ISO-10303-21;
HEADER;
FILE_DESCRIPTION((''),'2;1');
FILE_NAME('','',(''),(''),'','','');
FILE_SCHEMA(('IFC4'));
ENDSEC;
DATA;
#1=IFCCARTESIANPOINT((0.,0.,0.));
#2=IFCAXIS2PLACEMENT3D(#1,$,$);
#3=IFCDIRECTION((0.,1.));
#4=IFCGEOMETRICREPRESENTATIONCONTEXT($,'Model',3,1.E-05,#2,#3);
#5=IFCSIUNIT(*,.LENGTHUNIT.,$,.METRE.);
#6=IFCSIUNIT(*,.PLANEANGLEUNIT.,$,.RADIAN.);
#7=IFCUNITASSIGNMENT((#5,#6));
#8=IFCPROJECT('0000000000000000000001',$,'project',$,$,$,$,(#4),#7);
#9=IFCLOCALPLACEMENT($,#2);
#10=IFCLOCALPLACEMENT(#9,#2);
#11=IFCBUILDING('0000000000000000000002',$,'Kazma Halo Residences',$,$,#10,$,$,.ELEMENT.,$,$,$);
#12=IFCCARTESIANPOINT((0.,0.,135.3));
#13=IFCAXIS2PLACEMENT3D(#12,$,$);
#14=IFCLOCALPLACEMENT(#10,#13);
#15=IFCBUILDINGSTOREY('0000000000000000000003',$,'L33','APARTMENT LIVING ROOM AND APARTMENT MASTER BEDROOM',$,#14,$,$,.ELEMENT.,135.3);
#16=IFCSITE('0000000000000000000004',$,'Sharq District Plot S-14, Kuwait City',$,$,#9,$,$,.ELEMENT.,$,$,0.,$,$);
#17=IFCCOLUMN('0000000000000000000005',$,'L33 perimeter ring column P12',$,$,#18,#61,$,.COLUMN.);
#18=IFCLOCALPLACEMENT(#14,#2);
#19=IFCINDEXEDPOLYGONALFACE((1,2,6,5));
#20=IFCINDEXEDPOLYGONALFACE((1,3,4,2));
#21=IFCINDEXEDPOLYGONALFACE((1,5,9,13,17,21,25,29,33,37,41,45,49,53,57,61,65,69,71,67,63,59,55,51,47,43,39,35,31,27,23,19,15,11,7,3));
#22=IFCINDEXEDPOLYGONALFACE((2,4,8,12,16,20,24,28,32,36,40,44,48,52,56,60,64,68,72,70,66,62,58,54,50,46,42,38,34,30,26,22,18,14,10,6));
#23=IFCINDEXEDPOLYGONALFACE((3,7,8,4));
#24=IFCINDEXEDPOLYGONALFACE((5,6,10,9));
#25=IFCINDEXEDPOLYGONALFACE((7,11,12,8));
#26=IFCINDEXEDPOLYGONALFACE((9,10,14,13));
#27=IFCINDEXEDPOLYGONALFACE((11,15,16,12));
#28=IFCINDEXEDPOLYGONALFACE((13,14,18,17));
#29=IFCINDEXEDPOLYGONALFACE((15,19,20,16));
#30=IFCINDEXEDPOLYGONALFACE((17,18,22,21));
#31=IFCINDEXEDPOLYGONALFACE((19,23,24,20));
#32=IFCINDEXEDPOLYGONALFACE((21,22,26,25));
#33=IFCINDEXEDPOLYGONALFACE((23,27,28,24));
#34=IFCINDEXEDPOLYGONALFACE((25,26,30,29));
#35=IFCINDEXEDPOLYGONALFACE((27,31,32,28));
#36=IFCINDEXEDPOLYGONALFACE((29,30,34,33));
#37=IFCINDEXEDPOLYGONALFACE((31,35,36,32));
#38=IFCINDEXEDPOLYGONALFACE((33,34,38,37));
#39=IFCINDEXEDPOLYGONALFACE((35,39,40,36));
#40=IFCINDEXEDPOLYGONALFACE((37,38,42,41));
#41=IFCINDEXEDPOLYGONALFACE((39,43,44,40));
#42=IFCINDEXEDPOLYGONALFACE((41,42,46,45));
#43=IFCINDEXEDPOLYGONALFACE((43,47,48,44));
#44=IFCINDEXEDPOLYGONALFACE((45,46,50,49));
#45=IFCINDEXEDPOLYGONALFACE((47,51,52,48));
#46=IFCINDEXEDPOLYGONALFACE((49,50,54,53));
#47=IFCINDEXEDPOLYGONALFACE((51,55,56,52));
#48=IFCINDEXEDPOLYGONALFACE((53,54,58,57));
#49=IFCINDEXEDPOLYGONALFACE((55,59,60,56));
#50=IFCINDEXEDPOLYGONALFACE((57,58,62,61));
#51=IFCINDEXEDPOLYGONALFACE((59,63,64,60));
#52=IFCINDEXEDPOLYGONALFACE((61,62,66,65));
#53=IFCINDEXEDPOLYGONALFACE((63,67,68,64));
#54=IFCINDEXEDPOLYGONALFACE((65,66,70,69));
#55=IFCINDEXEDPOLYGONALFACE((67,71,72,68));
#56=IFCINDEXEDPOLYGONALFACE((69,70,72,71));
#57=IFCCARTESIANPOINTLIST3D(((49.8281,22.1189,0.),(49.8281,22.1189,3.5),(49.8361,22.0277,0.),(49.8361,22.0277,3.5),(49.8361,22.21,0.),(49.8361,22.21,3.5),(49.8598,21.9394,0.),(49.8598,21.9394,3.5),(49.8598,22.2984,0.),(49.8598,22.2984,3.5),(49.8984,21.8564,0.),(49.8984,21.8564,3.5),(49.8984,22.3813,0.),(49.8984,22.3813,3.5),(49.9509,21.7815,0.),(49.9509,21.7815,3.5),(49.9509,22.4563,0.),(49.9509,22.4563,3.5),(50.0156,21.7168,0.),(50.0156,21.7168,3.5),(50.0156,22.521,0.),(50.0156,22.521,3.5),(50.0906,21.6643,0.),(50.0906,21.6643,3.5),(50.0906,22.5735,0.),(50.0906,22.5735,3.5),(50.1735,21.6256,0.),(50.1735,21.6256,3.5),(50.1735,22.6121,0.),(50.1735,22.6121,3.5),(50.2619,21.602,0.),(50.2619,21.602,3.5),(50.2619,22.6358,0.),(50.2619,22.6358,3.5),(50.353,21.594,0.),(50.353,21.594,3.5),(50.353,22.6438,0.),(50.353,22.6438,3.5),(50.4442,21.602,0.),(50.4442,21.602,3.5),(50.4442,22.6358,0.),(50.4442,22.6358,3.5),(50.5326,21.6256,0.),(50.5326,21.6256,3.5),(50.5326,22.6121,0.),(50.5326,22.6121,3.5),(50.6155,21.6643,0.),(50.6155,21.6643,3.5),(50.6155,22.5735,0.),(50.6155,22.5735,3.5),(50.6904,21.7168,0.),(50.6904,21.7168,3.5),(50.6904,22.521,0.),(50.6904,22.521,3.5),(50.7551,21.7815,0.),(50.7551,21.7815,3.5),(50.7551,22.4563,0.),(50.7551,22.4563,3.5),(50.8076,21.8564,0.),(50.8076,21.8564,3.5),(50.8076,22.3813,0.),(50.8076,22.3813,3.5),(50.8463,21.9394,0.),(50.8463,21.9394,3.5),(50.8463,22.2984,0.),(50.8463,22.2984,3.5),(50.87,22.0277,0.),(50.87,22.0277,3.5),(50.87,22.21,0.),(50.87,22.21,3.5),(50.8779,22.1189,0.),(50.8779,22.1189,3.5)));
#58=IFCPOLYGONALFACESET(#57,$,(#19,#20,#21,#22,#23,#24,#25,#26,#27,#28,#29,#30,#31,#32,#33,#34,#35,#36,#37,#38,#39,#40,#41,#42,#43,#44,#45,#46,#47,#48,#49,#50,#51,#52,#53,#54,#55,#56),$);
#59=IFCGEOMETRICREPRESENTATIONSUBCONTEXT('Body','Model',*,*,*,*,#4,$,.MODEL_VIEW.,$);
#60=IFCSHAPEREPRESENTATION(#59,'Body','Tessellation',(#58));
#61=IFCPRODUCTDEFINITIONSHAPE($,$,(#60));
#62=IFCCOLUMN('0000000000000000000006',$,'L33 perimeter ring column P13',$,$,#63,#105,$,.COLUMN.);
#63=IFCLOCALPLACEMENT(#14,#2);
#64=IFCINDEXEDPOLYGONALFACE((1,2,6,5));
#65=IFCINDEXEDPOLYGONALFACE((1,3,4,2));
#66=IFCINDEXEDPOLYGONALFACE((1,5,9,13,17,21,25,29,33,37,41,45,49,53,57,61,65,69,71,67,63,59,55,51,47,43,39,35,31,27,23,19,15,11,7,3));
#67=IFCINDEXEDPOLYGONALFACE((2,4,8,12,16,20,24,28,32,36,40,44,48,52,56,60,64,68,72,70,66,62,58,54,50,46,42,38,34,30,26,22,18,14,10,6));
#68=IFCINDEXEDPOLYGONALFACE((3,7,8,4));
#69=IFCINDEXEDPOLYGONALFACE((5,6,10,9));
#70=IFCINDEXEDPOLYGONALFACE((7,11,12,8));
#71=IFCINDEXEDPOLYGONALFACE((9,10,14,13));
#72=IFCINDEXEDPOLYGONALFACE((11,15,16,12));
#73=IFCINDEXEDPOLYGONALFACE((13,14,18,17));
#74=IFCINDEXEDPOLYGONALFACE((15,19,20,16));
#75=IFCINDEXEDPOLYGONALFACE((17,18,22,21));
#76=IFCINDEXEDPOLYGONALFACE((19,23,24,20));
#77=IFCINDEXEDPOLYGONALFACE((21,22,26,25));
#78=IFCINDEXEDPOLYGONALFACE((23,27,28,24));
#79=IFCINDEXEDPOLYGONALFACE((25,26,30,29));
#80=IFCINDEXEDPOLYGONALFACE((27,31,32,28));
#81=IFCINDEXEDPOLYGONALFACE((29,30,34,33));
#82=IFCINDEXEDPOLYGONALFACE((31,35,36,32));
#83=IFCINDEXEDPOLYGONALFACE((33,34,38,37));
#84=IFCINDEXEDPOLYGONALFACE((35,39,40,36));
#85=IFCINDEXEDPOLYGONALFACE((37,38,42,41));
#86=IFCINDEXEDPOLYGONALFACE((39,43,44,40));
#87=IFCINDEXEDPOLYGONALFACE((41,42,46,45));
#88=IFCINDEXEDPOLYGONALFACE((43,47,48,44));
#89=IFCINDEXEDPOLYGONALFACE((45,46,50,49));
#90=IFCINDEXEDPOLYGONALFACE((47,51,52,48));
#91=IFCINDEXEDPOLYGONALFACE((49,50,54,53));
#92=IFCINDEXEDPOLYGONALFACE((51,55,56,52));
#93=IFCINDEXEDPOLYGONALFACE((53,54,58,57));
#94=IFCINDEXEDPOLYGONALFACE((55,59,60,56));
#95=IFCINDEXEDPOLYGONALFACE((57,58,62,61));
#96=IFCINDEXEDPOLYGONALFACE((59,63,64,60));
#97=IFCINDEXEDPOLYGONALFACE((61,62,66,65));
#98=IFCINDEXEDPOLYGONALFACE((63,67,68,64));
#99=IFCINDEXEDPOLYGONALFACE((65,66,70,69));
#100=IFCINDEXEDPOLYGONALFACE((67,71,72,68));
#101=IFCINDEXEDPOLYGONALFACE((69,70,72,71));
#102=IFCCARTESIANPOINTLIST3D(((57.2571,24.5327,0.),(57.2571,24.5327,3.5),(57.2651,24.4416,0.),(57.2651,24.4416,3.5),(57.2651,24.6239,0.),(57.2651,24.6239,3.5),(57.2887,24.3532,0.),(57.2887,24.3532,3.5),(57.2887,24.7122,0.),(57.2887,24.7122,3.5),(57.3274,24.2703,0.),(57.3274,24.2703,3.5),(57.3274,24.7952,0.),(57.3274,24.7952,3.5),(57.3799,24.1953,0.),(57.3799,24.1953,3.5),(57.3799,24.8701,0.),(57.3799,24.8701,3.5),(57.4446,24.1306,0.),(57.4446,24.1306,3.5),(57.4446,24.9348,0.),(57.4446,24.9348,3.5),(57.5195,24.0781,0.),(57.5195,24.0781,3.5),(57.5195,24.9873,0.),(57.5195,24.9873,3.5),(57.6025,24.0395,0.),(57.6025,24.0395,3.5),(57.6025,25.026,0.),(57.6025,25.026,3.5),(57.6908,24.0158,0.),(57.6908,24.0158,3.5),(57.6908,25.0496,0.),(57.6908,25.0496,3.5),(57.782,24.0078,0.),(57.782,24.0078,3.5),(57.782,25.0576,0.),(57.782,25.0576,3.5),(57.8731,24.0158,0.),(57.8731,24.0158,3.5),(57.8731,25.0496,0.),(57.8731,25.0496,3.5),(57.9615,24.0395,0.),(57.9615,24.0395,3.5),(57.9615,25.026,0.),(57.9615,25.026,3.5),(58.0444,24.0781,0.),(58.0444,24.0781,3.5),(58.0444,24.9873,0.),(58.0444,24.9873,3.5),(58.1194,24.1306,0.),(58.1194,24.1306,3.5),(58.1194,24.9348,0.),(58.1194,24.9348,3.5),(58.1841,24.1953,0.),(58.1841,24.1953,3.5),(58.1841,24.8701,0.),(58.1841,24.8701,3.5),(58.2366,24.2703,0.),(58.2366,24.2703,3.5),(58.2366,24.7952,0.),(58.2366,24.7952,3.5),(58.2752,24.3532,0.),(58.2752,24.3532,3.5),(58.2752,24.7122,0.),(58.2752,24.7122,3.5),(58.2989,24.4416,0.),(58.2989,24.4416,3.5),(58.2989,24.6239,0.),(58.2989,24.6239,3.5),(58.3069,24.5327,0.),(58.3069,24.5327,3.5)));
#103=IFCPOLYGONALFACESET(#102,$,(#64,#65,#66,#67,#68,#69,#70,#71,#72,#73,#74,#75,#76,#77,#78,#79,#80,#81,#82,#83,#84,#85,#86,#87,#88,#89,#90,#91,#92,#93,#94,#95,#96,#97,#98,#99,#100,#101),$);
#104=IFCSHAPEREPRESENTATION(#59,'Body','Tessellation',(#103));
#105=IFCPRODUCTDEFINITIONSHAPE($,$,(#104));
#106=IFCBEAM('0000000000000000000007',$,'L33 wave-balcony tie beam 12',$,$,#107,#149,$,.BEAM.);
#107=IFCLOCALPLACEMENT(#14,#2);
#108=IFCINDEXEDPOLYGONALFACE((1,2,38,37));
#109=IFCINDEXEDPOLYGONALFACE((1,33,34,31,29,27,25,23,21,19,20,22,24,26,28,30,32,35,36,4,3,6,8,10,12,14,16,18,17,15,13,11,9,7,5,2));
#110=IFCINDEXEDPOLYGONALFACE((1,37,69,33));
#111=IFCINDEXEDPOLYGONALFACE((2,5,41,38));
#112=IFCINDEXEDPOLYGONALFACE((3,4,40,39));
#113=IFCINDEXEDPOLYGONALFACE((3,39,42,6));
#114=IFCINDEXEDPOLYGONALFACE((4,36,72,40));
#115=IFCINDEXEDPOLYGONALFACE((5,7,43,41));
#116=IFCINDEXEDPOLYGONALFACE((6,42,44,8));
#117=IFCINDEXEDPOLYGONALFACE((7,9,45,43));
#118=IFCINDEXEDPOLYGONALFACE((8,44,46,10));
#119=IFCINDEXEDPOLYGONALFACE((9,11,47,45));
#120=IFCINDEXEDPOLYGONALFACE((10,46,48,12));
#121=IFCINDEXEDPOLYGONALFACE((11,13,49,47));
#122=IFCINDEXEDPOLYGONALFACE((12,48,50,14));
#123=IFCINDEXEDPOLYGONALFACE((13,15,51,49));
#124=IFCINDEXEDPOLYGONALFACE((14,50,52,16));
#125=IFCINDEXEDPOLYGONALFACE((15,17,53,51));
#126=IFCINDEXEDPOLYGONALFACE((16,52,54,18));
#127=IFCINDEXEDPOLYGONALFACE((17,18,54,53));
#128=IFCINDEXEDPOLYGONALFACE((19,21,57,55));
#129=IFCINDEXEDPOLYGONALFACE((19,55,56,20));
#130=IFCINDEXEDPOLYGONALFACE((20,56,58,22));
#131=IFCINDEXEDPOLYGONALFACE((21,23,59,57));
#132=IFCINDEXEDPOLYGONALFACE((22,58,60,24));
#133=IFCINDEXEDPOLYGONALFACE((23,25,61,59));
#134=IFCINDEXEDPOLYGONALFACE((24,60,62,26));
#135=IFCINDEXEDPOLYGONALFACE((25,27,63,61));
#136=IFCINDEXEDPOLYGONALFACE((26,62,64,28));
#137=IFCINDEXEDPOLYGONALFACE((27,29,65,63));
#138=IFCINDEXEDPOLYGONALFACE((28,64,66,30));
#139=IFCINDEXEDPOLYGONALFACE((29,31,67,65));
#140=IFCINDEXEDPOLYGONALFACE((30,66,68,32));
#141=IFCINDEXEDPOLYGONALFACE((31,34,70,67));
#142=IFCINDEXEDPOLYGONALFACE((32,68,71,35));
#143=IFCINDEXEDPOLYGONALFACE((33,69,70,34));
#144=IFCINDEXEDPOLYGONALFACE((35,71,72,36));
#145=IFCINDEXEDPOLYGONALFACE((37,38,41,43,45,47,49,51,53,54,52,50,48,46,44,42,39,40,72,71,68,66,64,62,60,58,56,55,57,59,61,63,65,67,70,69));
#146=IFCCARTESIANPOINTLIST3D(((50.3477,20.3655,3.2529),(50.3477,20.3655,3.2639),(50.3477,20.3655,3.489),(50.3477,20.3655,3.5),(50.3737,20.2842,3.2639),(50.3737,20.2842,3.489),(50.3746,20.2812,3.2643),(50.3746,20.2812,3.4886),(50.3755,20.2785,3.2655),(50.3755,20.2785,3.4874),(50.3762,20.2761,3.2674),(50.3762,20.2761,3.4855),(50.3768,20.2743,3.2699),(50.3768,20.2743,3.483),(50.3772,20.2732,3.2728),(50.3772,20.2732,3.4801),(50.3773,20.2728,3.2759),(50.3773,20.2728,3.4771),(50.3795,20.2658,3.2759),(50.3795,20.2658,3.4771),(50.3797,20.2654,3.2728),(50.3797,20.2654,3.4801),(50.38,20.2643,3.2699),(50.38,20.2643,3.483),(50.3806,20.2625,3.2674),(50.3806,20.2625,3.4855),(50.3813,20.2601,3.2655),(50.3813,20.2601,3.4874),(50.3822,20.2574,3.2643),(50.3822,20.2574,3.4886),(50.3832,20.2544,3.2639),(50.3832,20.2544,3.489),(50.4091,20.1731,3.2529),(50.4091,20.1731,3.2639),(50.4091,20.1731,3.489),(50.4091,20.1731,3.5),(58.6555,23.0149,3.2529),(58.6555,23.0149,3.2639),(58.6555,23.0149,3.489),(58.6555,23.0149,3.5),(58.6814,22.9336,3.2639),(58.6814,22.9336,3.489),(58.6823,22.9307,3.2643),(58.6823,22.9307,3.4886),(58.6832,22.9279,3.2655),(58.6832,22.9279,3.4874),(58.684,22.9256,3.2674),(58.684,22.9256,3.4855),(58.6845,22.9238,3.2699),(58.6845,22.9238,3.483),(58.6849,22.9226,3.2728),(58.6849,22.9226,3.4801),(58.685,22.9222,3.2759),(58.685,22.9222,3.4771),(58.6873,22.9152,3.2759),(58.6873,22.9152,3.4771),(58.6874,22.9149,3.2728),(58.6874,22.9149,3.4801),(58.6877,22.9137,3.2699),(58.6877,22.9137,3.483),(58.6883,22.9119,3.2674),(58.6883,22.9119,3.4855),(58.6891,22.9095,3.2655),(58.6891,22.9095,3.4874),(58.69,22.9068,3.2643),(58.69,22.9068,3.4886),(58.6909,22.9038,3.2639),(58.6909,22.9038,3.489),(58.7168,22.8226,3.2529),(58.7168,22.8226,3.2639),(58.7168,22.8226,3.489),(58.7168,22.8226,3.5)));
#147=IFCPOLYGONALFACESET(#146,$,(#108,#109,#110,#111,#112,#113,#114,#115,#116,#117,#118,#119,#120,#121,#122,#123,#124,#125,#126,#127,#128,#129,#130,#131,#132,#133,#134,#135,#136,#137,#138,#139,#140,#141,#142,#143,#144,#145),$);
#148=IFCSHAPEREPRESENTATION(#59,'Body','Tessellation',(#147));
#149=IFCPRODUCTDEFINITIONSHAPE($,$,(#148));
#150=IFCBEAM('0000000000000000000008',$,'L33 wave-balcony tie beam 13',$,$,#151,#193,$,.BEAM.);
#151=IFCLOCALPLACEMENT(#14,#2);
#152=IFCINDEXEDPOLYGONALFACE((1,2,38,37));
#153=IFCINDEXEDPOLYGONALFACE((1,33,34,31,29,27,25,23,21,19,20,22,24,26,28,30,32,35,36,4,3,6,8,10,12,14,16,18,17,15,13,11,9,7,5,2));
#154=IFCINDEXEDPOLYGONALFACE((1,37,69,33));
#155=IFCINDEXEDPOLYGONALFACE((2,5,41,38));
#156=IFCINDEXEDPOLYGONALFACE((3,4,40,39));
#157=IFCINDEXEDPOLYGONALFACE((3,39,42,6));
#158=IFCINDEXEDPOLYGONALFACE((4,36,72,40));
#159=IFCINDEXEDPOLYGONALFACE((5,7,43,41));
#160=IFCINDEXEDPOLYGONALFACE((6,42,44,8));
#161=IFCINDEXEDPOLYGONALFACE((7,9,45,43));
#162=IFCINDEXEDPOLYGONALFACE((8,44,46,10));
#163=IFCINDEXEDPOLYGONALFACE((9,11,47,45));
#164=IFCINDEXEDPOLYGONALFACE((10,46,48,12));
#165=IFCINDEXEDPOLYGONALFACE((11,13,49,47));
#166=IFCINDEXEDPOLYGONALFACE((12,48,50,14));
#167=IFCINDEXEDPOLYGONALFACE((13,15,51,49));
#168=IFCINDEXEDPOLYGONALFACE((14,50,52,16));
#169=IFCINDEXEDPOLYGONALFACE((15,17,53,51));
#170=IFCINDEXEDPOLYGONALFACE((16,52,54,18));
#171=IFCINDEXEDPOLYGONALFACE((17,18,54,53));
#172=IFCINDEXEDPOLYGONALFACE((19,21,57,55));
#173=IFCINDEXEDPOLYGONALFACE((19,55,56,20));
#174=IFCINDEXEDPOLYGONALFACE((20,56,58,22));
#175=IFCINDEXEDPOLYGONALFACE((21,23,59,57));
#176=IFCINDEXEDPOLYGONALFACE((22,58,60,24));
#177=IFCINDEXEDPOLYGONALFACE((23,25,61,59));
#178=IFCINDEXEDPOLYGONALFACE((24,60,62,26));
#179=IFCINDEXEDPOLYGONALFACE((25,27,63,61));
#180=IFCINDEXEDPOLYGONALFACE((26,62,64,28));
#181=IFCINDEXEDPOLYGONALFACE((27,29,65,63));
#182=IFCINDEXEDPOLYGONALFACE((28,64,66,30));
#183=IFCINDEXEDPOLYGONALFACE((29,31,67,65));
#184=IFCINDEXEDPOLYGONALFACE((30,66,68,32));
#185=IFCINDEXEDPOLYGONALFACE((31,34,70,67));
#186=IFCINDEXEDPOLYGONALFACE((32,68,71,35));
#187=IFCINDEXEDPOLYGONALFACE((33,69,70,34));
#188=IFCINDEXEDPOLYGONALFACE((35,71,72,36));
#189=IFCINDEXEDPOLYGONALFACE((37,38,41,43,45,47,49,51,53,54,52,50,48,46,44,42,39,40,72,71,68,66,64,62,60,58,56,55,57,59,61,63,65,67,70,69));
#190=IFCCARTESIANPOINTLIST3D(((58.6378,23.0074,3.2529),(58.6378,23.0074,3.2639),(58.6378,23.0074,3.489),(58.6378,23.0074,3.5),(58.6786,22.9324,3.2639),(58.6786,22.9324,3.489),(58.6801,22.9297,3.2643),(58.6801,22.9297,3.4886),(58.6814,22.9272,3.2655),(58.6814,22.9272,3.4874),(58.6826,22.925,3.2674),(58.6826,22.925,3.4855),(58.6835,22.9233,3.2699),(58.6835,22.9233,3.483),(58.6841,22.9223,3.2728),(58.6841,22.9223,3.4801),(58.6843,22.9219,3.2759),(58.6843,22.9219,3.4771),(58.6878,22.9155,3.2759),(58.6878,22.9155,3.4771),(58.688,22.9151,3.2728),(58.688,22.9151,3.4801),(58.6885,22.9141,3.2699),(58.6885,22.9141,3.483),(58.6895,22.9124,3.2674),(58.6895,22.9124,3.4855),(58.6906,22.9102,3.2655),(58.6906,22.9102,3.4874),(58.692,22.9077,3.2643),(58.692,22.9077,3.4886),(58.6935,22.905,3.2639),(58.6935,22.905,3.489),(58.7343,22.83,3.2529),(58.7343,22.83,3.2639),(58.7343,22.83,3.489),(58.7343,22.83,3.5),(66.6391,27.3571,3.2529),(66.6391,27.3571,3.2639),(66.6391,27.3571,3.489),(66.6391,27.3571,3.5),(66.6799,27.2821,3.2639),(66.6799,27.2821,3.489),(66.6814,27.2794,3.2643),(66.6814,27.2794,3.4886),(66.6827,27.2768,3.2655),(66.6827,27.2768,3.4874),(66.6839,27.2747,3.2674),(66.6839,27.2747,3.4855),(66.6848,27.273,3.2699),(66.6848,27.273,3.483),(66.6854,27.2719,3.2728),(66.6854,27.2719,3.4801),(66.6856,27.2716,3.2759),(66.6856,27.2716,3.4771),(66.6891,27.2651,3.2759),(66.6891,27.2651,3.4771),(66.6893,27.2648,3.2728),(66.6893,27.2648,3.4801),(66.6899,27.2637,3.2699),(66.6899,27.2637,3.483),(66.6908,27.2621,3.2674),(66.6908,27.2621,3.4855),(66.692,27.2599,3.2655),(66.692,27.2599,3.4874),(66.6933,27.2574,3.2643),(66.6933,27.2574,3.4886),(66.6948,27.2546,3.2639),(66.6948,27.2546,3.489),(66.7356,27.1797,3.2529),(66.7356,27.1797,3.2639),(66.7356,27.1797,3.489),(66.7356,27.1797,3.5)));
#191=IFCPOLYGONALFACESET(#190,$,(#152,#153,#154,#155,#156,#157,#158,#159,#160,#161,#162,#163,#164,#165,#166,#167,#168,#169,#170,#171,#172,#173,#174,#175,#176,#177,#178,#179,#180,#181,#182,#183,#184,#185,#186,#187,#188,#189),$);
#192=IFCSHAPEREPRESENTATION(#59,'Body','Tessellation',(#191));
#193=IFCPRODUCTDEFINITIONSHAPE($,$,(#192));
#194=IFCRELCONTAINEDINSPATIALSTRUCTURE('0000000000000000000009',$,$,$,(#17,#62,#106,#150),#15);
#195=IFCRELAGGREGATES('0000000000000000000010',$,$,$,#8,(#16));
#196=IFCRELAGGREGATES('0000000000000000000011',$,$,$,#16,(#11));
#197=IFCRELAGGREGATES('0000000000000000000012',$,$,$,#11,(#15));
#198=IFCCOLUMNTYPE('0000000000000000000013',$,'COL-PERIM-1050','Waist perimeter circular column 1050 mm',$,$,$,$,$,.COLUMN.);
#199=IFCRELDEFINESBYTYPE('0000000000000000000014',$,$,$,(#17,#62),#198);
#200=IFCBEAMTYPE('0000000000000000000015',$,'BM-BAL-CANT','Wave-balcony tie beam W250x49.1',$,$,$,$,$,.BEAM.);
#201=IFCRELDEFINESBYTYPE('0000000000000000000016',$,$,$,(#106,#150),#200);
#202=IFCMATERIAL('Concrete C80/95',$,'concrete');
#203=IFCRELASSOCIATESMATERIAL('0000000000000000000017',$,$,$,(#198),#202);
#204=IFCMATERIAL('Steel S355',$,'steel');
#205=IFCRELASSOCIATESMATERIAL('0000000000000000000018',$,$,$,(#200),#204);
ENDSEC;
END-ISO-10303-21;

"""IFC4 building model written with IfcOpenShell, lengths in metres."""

from ifc_helpers import new_model, si_unit, direction, frame, origin, origin_2d, place, context, subcontext, project, spatial, circle, i_section, extrude, material, material_profile, profile_set, type_object, element, save


model = new_model("IFC4")

# Units and contexts
model_context = context("Model", 3, precision=1e-05, world=origin(), true_north=direction((0.0, 1.0)))
body_context = subcontext(model_context, "Body", "Model", "MODEL_VIEW")
ifc_project = project(units=[si_unit("LENGTHUNIT", "METRE"), si_unit("PLANEANGLEUNIT", "RADIAN")], contexts=[model_context])

# Site, building, storey
site_placement = place(None, origin())
site = spatial("IfcSite", under=ifc_project, at=site_placement, Name="Sharq District Plot S-14, Kuwait City", CompositionType="ELEMENT", RefElevation=0.0)
building_placement = place(site_placement, origin())
building = spatial("IfcBuilding", under=site, at=building_placement, Name="Kazma Halo Residences", CompositionType="ELEMENT")
storey_placement = place(building_placement, frame((0.0, 0.0, 135.3)))
storey = spatial("IfcBuildingStorey", under=building, at=storey_placement, Name="L33", Description="APARTMENT LIVING ROOM AND APARTMENT MASTER BEDROOM", CompositionType="ELEMENT", Elevation=135.3)

# Columns
ifc_material_1 = material(Name="Concrete C80/95", Category="concrete")
ifc_material_profile_1 = material_profile(ifc_material_1, circle(Radius=0.5249, at=origin_2d()), Name="CIRC1050")
ifc_profile_set_1 = profile_set([ifc_material_profile_1], Name="Concrete C80/95")
column_type = type_object("IfcColumnType", Name="COL-PERIM-1050", Description="Waist perimeter circular column 1050 mm", PredefinedType="COLUMN", material=ifc_profile_set_1)
for number, where, z_axis, x_axis, name in (
    (1, (50.353, 22.1189, 0.0), (0.0, 0.0, 1.0), (1.0, 0.0, 0.0), "L33 perimeter ring column P12"),
    (2, (57.782, 24.5327, 0.0), (0.0, 0.0, 1.0), (1.0, 0.0, 0.0), "L33 perimeter ring column P13"),
):
    element("IfcColumn", number, at=place(storey_placement, frame(where, z_axis=z_axis, x_axis=x_axis)), inside=storey, type_object=column_type, Name=name, PredefinedType="COLUMN", context=body_context, shape_type="SweptSolid", body=[
        extrude(circle(Radius=0.5249, at=origin_2d()), origin(), (0.0, 0.0, 1.0), 3.5),
    ])

# Beams
ifc_material_2 = material(Name="Steel S355", Category="steel")
ifc_material_profile_2 = material_profile(ifc_material_2, i_section(OverallWidth=0.2019, OverallDepth=0.2471, WebThickness=0.0073, FlangeThickness=0.011, FilletRadius=0.012, at=origin_2d()), Name="W250x49.1")
ifc_profile_set_2 = profile_set([ifc_material_profile_2], Name="Steel S355")
beam_type_1 = type_object("IfcBeamType", Name="BM-BAL-CANT", Description="Wave-balcony tie beam W250x49.1", PredefinedType="BEAM", material=ifc_profile_set_2)
beam_1_placement = place(storey_placement, frame((50.3784, 20.2693, 3.3765), z_axis=(0.952724, 0.303837, 0.0), x_axis=(-0.303837, 0.952724, 0.0)))
element("IfcBeam", 3, at=beam_1_placement, inside=storey, type_object=beam_type_1, Name="L33 wave-balcony tie beam 12", PredefinedType="BEAM", context=body_context, shape_type="SweptSolid", body=[
    extrude(i_section(OverallWidth=0.2019, OverallDepth=0.2471, WebThickness=0.0073, FlangeThickness=0.011, FilletRadius=0.012, at=origin_2d()), origin(), (0.0, 0.0, 1.0), 8.72),
])
beam_2_placement = place(storey_placement, frame((58.686, 22.9187, 3.3765), z_axis=(0.878573, 0.477608, 0.0), x_axis=(-0.477608, 0.878573, 0.0)))
element("IfcBeam", 4, at=beam_2_placement, inside=storey, type_object=beam_type_1, Name="L33 wave-balcony tie beam 13", PredefinedType="BEAM", context=body_context, shape_type="SweptSolid", body=[
    extrude(i_section(OverallWidth=0.2019, OverallDepth=0.2471, WebThickness=0.0073, FlangeThickness=0.011, FilletRadius=0.012, at=origin_2d()), origin(), (0.0, 0.0, 1.0), 9.1072),
])

save(model, "model.ifc")
